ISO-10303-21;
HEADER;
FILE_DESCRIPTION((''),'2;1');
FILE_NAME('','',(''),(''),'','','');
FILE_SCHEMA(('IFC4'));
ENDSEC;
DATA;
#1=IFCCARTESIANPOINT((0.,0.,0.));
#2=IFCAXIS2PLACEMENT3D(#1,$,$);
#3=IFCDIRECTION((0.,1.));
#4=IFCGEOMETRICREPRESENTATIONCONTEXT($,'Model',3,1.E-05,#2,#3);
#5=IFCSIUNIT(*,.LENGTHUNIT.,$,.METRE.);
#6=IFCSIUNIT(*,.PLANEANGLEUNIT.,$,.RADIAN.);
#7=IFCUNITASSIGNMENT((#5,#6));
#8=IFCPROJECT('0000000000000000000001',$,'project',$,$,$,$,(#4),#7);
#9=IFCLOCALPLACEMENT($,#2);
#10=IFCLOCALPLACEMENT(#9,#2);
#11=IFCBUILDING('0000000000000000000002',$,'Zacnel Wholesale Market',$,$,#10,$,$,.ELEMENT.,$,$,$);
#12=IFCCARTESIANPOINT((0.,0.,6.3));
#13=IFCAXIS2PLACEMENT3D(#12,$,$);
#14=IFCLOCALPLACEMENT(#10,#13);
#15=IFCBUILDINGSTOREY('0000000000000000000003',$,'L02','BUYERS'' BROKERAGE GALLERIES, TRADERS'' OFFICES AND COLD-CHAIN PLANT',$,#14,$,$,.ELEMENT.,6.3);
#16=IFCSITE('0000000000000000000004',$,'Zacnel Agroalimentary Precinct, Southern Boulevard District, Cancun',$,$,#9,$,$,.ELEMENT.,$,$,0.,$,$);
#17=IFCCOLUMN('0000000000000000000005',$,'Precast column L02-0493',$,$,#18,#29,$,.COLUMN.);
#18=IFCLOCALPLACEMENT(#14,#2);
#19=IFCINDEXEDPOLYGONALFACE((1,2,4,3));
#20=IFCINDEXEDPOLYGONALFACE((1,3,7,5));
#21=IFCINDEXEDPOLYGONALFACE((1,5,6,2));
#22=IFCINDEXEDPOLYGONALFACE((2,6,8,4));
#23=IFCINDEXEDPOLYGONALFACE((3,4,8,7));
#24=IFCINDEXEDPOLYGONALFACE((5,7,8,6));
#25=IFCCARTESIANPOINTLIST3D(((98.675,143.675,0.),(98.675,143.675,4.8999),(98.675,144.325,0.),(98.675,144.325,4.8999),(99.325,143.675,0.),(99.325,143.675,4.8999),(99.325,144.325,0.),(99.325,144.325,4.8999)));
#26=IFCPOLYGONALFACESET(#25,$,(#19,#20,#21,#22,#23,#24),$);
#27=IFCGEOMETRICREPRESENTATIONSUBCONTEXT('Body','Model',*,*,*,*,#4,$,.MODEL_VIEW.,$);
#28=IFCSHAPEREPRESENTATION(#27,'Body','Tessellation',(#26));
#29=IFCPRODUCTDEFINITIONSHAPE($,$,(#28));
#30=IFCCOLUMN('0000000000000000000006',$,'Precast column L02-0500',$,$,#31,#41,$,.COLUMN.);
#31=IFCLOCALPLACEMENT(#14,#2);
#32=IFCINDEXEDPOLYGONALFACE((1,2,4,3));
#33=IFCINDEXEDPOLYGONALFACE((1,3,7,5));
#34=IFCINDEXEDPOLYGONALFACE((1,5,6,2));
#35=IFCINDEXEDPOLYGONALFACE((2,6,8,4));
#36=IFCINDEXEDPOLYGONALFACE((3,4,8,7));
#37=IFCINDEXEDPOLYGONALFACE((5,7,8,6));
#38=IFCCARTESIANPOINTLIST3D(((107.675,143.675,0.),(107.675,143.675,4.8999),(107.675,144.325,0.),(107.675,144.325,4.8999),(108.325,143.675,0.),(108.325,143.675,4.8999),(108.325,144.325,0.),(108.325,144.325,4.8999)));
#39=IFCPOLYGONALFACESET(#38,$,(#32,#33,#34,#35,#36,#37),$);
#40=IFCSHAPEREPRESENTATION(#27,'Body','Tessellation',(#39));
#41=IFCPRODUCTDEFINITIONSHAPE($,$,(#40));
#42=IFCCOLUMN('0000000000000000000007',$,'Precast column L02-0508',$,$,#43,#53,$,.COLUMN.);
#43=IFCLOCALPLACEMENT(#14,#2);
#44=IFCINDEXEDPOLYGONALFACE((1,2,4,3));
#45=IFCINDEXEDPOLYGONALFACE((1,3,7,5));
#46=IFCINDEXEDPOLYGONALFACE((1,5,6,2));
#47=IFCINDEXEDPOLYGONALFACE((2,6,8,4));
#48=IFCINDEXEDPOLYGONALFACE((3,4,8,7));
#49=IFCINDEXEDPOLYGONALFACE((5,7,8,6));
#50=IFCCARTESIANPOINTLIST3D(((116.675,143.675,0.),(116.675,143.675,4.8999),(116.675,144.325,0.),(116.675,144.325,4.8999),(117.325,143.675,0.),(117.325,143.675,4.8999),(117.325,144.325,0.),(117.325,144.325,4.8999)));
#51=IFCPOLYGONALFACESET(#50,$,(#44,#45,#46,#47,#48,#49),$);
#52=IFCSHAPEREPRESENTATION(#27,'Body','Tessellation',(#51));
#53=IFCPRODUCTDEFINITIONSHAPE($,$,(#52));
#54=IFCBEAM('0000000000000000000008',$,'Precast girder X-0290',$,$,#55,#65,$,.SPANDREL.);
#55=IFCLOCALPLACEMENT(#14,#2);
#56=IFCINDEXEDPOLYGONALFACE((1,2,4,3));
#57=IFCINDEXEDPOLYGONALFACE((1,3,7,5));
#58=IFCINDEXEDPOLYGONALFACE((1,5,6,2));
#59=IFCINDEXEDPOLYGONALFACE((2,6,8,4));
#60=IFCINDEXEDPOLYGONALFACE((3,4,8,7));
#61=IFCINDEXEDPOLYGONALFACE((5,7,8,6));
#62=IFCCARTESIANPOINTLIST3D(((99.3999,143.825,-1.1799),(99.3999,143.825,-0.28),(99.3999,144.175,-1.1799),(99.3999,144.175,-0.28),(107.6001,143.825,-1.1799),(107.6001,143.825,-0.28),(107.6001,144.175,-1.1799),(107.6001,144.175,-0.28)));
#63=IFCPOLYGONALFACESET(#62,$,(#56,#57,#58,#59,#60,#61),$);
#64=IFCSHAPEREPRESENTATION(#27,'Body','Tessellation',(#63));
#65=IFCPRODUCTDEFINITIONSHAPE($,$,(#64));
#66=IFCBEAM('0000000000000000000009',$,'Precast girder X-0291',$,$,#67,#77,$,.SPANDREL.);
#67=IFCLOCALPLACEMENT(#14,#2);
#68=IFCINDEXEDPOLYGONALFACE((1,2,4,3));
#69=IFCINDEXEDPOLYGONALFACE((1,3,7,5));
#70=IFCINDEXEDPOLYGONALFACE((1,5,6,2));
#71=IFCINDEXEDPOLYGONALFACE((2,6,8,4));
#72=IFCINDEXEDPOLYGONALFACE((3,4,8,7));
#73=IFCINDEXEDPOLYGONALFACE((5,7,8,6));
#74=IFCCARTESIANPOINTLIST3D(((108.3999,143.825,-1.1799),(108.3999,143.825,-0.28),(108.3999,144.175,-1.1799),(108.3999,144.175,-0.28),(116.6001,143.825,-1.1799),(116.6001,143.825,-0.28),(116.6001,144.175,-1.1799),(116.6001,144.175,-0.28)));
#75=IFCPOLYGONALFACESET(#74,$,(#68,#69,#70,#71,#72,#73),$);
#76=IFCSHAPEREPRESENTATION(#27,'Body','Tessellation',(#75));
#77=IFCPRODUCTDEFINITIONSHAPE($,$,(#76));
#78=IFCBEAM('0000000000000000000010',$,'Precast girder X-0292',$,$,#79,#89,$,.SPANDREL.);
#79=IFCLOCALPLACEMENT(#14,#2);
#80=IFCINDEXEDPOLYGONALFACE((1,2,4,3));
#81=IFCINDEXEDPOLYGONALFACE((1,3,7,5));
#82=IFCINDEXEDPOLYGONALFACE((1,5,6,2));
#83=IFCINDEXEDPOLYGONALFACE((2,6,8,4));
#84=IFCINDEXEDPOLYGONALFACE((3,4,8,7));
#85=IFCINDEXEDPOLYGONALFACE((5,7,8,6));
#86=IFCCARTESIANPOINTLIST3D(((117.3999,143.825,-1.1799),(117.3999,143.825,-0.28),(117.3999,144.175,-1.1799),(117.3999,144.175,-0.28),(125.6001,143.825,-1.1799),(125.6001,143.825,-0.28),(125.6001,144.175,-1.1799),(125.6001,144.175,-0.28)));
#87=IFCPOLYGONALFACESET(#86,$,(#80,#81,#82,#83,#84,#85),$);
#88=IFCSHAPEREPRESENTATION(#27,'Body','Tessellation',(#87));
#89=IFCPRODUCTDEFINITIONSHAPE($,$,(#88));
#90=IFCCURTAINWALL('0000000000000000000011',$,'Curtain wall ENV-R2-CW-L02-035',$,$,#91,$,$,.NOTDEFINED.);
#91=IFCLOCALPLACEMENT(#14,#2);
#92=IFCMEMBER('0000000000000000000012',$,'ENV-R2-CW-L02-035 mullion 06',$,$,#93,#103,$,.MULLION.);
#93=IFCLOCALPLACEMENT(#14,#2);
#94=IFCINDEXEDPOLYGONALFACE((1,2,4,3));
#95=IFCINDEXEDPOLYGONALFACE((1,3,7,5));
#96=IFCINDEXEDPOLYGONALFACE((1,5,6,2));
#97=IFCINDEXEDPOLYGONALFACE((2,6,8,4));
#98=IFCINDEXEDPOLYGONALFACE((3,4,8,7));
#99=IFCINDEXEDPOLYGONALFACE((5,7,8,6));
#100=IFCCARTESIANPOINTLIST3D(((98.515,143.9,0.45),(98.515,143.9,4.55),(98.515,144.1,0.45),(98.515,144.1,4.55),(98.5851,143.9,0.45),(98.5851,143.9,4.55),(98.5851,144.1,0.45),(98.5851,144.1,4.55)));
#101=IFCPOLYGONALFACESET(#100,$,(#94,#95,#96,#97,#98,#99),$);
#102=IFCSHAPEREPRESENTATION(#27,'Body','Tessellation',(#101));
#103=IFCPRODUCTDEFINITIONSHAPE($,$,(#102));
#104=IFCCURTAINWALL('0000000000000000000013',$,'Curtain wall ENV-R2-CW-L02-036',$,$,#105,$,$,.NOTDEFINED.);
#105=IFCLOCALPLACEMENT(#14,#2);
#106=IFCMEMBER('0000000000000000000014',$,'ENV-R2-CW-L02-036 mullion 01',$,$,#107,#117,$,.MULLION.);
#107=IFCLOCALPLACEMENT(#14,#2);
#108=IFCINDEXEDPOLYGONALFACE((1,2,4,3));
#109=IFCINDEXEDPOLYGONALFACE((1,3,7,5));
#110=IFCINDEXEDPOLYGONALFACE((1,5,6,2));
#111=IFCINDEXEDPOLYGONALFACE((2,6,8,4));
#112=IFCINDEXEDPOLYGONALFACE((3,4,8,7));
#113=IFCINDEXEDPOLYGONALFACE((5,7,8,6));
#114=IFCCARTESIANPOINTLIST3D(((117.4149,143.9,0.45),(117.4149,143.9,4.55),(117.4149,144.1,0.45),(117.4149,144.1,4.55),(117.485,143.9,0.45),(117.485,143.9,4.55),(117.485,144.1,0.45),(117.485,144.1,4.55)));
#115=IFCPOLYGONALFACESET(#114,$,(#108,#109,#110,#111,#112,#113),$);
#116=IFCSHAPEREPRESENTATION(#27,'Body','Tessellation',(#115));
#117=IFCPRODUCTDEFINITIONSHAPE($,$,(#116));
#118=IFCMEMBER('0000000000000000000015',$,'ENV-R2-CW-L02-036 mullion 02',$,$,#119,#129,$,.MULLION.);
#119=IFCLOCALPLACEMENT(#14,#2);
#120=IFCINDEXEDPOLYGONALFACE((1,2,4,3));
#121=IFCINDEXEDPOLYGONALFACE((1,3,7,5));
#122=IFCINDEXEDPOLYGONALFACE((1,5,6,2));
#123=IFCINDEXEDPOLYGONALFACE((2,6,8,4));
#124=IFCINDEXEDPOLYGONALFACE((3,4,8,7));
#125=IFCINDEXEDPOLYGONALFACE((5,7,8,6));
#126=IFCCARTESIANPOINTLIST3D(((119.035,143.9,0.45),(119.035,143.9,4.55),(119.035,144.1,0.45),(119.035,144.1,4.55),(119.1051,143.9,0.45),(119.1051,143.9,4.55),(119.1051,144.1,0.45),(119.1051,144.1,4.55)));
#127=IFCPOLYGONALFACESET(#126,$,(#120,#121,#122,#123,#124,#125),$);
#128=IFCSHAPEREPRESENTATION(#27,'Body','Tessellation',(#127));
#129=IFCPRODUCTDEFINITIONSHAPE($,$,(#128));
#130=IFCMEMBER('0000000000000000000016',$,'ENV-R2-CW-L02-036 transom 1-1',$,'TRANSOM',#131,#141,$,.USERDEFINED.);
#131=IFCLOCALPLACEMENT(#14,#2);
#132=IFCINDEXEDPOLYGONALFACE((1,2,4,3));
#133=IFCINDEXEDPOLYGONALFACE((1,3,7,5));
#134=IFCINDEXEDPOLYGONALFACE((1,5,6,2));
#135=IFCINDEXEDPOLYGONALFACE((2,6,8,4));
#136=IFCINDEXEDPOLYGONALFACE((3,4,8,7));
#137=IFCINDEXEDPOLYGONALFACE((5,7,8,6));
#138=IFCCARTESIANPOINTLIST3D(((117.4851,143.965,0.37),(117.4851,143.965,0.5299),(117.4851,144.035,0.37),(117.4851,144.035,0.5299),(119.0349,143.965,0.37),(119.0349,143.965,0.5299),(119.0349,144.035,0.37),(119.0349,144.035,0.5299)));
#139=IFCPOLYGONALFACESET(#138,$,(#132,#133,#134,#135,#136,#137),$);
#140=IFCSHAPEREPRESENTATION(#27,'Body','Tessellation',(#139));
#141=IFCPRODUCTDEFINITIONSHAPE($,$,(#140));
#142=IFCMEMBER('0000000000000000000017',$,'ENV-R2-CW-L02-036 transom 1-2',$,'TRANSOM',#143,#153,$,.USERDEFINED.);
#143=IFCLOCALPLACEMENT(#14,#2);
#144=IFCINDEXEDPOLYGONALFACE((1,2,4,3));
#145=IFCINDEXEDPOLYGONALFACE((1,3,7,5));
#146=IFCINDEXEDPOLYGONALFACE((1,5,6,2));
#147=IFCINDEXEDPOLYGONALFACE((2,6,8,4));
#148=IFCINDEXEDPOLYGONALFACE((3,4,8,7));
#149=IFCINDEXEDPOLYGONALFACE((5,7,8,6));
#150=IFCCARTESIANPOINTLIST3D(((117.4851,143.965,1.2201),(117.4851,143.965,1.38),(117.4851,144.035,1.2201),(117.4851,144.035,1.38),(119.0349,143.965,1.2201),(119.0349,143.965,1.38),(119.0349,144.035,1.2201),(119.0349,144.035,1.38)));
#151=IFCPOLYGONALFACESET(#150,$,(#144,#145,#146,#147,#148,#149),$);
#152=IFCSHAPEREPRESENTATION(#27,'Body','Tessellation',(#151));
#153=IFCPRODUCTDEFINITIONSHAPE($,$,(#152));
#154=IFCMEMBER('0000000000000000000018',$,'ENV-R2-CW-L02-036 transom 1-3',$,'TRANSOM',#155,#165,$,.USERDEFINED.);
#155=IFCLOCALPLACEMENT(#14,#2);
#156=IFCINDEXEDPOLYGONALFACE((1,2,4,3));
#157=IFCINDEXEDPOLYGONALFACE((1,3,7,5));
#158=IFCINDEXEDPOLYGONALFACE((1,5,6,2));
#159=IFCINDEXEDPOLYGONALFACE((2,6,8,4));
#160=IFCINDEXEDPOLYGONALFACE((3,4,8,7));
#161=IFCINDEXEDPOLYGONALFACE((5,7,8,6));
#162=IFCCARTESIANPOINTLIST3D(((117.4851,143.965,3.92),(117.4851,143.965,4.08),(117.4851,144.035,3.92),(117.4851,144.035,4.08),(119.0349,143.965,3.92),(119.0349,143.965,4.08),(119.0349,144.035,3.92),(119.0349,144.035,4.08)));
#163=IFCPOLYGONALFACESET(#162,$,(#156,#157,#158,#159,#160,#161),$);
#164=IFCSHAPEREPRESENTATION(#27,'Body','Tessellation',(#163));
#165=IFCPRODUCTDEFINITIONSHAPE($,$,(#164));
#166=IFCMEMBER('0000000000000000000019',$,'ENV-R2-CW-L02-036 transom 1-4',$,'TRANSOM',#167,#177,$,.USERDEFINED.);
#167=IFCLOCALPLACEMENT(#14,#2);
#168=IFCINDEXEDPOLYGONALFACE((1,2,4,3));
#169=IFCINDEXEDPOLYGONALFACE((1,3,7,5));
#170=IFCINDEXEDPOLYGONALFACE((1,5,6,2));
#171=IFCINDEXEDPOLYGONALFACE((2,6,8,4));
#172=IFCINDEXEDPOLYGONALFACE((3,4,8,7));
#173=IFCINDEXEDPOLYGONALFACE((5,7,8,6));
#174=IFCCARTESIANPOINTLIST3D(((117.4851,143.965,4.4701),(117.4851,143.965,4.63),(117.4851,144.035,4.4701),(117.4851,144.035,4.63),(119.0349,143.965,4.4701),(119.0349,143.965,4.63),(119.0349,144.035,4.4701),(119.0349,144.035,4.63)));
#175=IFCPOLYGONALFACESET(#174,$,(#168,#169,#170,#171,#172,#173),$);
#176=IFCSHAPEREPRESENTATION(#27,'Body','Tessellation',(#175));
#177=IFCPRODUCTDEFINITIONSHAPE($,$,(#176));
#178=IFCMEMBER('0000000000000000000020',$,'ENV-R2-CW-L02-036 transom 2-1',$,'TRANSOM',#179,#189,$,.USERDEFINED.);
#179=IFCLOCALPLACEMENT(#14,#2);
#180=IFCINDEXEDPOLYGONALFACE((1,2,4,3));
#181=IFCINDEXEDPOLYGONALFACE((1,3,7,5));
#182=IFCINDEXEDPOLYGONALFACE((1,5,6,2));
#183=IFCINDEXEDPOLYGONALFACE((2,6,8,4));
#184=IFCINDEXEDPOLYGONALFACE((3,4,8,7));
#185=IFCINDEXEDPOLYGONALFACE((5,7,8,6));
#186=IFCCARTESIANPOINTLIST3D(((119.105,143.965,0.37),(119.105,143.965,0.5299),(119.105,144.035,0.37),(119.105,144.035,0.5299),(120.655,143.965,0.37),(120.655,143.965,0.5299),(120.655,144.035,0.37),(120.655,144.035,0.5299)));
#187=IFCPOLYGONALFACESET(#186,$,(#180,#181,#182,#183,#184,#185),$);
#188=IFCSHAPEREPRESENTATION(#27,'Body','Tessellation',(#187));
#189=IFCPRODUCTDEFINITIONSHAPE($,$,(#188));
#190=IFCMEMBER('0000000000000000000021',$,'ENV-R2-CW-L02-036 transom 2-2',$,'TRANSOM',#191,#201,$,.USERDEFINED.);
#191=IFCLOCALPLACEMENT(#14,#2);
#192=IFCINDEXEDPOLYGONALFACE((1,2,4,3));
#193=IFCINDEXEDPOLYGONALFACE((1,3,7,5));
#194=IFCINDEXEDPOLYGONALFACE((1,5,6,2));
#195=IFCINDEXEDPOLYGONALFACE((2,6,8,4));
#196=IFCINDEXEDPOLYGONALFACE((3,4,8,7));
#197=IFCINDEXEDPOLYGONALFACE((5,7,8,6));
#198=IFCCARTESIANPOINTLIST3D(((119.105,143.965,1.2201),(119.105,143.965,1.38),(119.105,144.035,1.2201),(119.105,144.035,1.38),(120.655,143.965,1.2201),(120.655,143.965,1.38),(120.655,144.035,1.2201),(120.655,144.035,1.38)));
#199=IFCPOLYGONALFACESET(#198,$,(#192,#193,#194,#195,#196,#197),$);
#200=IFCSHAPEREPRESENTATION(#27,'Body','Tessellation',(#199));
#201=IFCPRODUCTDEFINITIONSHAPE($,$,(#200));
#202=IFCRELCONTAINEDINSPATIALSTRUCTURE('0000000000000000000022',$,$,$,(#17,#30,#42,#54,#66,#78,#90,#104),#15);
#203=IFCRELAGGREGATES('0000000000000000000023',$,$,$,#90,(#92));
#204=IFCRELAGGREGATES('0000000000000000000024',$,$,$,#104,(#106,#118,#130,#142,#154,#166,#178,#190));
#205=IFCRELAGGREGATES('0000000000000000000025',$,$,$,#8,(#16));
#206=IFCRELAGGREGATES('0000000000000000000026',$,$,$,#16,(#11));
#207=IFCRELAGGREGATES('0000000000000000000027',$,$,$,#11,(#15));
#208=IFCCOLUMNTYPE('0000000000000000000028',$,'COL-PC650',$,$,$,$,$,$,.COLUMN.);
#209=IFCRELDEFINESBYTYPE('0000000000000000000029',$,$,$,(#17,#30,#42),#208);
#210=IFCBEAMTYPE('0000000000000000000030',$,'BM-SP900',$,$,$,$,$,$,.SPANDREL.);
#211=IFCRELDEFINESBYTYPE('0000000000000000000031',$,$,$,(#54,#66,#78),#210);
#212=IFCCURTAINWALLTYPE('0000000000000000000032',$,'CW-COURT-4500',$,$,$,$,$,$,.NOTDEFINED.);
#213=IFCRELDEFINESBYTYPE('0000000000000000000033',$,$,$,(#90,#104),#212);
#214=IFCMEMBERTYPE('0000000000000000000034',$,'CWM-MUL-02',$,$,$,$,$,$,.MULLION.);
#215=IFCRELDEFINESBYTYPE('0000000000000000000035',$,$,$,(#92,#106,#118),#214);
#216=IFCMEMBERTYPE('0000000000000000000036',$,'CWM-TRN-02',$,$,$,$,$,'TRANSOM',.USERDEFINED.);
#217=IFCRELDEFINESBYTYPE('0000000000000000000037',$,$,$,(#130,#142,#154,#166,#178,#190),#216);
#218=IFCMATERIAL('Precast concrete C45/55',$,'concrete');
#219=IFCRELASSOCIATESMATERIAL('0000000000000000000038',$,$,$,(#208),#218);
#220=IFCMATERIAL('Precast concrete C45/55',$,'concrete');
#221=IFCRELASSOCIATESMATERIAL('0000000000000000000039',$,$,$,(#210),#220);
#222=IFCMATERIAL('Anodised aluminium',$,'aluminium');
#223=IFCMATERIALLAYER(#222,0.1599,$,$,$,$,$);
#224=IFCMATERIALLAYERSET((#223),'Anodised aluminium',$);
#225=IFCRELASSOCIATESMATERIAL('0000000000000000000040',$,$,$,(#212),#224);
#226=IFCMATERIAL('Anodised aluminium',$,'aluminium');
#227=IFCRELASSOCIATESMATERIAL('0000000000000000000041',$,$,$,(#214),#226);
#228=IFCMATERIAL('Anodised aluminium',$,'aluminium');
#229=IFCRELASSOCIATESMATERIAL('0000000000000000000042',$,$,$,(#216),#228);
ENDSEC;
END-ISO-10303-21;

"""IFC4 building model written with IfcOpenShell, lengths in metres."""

from ifc_helpers import new_model, si_unit, direction, frame, origin, origin_2d, place, context, subcontext, project, spatial, rectangle, extrude, material, layer, layer_set, material_profile, profile_set, type_object, element, aggregate, save


model = new_model("IFC4")

# Units and contexts
model_context = context("Model", 3, precision=1e-05, world=origin(), true_north=direction((0.0, 1.0)))
body_context = subcontext(model_context, "Body", "Model", "MODEL_VIEW")
ifc_project = project(units=[si_unit("LENGTHUNIT", "METRE"), si_unit("PLANEANGLEUNIT", "RADIAN")], contexts=[model_context])

# Site, building, storey
site_placement = place(None, origin())
site = spatial("IfcSite", under=ifc_project, at=site_placement, Name="Zacnel Agroalimentary Precinct, Southern Boulevard District, Cancun", CompositionType="ELEMENT", RefElevation=0.0)
building_placement = place(site_placement, origin())
building = spatial("IfcBuilding", under=site, at=building_placement, Name="Zacnel Wholesale Market", CompositionType="ELEMENT")
storey_placement = place(building_placement, frame((0.0, 0.0, 6.3)))
storey = spatial("IfcBuildingStorey", under=building, at=storey_placement, Name="L02", Description="BUYERS' BROKERAGE GALLERIES, TRADERS' OFFICES AND COLD-CHAIN PLANT", CompositionType="ELEMENT", Elevation=6.3)

# Columns
ifc_material_1 = material(Name="Precast concrete C45/55", Category="concrete")
ifc_material_profile_1 = material_profile(ifc_material_1, rectangle(XDim=0.6499, YDim=0.6499, at=origin_2d()), Name="PC 650x650")
ifc_profile_set_1 = profile_set([ifc_material_profile_1], Name="Precast concrete C45/55")
column_type = type_object("IfcColumnType", Name="COL-PC650", PredefinedType="COLUMN", material=ifc_profile_set_1)
for number, where, z_axis, x_axis, name in (
    (1, (99.0, 144.0, 0.0), (0.0, 0.0, 1.0), (1.0, 0.0, 0.0), "Precast column L02-0493"),
    (2, (108.0, 144.0, 0.0), (0.0, 0.0, 1.0), (1.0, 0.0, 0.0), "Precast column L02-0500"),
    (3, (117.0, 144.0, 0.0), (0.0, 0.0, 1.0), (1.0, 0.0, 0.0), "Precast column L02-0508"),
):
    element("IfcColumn", number, at=place(storey_placement, frame(where, z_axis=z_axis, x_axis=x_axis)), inside=storey, type_object=column_type, Name=name, PredefinedType="COLUMN", context=body_context, shape_type="SweptSolid", body=[
        extrude(rectangle(XDim=0.6499, YDim=0.6499, at=origin_2d()), origin(), (0.0, 0.0, 1.0), 4.8999),
    ])

# Beams
ifc_material_2 = material(Name="Precast concrete C45/55", Category="concrete")
ifc_material_profile_2 = material_profile(ifc_material_2, rectangle(XDim=0.3501, YDim=0.8999, at=origin_2d()), Name="SP 350x900")
ifc_profile_set_2 = profile_set([ifc_material_profile_2], Name="Precast concrete C45/55")
beam_type = type_object("IfcBeamType", Name="BM-SP900", PredefinedType="SPANDREL", material=ifc_profile_set_2)
for number, where, z_axis, x_axis, name in (
    (4, (99.3999, 144.0, -0.73), (1.0, 0.0, 0.0), (0.0, 1.0, 0.0), "Precast girder X-0290"),
    (5, (108.3999, 144.0, -0.73), (1.0, 0.0, 0.0), (0.0, 1.0, 0.0), "Precast girder X-0291"),
    (6, (117.3999, 144.0, -0.73), (1.0, 0.0, 0.0), (0.0, 1.0, 0.0), "Precast girder X-0292"),
):
    element("IfcBeam", number, at=place(storey_placement, frame(where, z_axis=z_axis, x_axis=x_axis)), inside=storey, type_object=beam_type, Name=name, PredefinedType="SPANDREL", context=body_context, shape_type="SweptSolid", body=[
        extrude(rectangle(XDim=0.3501, YDim=0.8999, at=origin_2d()), origin(), (0.0, 0.0, 1.0), 8.2002),
    ])

# Curtain wall, member
ifc_material_3 = material(Name="Anodised aluminium", Category="aluminium")
ifc_layer_1 = layer(ifc_material_3, 0.1599)
ifc_layer_set_1 = layer_set([ifc_layer_1], Name="Anodised aluminium")
curtain_wall_type = type_object("IfcCurtainWallType", Name="CW-COURT-4500", PredefinedType="NOTDEFINED", material=ifc_layer_set_1)
curtain_wall_1_placement = place(storey_placement, origin())
curtain_wall_1 = element("IfcCurtainWall", 7, at=curtain_wall_1_placement, inside=storey, type_object=curtain_wall_type, Name="Curtain wall ENV-R2-CW-L02-035", PredefinedType="NOTDEFINED")
ifc_material_4 = material(Name="Anodised aluminium", Category="aluminium")
ifc_material_profile_3 = material_profile(ifc_material_4, rectangle(XDim=0.0701, YDim=0.2, at=origin_2d()), Name="AW-MULLION 70x200")
ifc_profile_set_3 = profile_set([ifc_material_profile_3], Name="Anodised aluminium")
member_type_1 = type_object("IfcMemberType", Name="CWM-MUL-02", PredefinedType="MULLION", material=ifc_profile_set_3)
member_1_placement = place(storey_placement, frame((98.55, 144.0, 0.45), z_axis=(0.0, 0.0, 1.0), x_axis=(1.0, 0.0, 0.0)))
member_1 = element("IfcMember", 8, at=member_1_placement, type_object=member_type_1, Name="ENV-R2-CW-L02-035 mullion 06", PredefinedType="MULLION", context=body_context, shape_type="SweptSolid", body=[
    extrude(rectangle(XDim=0.0701, YDim=0.2, at=origin_2d()), origin(), (0.0, 0.0, 1.0), 4.1001),
])
aggregate(curtain_wall_1, [member_1])

# Curtain wall, members
curtain_wall_2_placement = place(storey_placement, origin())
curtain_wall_2 = element("IfcCurtainWall", 9, at=curtain_wall_2_placement, inside=storey, type_object=curtain_wall_type, Name="Curtain wall ENV-R2-CW-L02-036", PredefinedType="NOTDEFINED")
member_2_placement = place(storey_placement, frame((117.45, 144.0, 0.45), z_axis=(0.0, 0.0, 1.0), x_axis=(1.0, 0.0, 0.0)))
member_2 = element("IfcMember", 10, at=member_2_placement, type_object=member_type_1, Name="ENV-R2-CW-L02-036 mullion 01", PredefinedType="MULLION", context=body_context, shape_type="SweptSolid", body=[
    extrude(rectangle(XDim=0.0701, YDim=0.2, at=origin_2d()), origin(), (0.0, 0.0, 1.0), 4.1001),
])
member_3_placement = place(storey_placement, frame((119.0701, 144.0, 0.45), z_axis=(0.0, 0.0, 1.0), x_axis=(1.0, 0.0, 0.0)))
member_3 = element("IfcMember", 11, at=member_3_placement, type_object=member_type_1, Name="ENV-R2-CW-L02-036 mullion 02", PredefinedType="MULLION", context=body_context, shape_type="SweptSolid", body=[
    extrude(rectangle(XDim=0.0701, YDim=0.2, at=origin_2d()), origin(), (0.0, 0.0, 1.0), 4.1001),
])
ifc_material_5 = material(Name="Anodised aluminium", Category="aluminium")
ifc_material_profile_4 = material_profile(ifc_material_5, rectangle(XDim=0.0701, YDim=0.1599, at=origin_2d()), Name="AW-TRANSOM 70x160")
ifc_profile_set_4 = profile_set([ifc_material_profile_4], Name="Anodised aluminium")
member_type_2 = type_object("IfcMemberType", Name="CWM-TRN-02", ElementType="TRANSOM", PredefinedType="USERDEFINED", material=ifc_profile_set_4)
member_4_placement = place(storey_placement, frame((117.4851, 144.0, 0.45), z_axis=(1.0, 0.0, 0.0), x_axis=(0.0, 1.0, 0.0)))
member_4 = element("IfcMember", 12, at=member_4_placement, type_object=member_type_2, Name="ENV-R2-CW-L02-036 transom 1-1", ObjectType="TRANSOM", PredefinedType="USERDEFINED", context=body_context, shape_type="SweptSolid", body=[
    extrude(rectangle(XDim=0.0701, YDim=0.1599, at=origin_2d()), origin(), (0.0, 0.0, 1.0), 1.5498),
])
member_5_placement = place(storey_placement, frame((117.4851, 144.0, 1.3), z_axis=(1.0, 0.0, 0.0), x_axis=(0.0, 1.0, 0.0)))
member_5 = element("IfcMember", 13, at=member_5_placement, type_object=member_type_2, Name="ENV-R2-CW-L02-036 transom 1-2", ObjectType="TRANSOM", PredefinedType="USERDEFINED", context=body_context, shape_type="SweptSolid", body=[
    extrude(rectangle(XDim=0.0701, YDim=0.1599, at=origin_2d()), origin(), (0.0, 0.0, 1.0), 1.5498),
])
member_6_placement = place(storey_placement, frame((117.4851, 144.0, 4.0), z_axis=(1.0, 0.0, 0.0), x_axis=(0.0, 1.0, 0.0)))
member_6 = element("IfcMember", 14, at=member_6_placement, type_object=member_type_2, Name="ENV-R2-CW-L02-036 transom 1-3", ObjectType="TRANSOM", PredefinedType="USERDEFINED", context=body_context, shape_type="SweptSolid", body=[
    extrude(rectangle(XDim=0.0701, YDim=0.1599, at=origin_2d()), origin(), (0.0, 0.0, 1.0), 1.5498),
])
member_7_placement = place(storey_placement, frame((117.4851, 144.0, 4.55), z_axis=(1.0, 0.0, 0.0), x_axis=(0.0, 1.0, 0.0)))
member_7 = element("IfcMember", 15, at=member_7_placement, type_object=member_type_2, Name="ENV-R2-CW-L02-036 transom 1-4", ObjectType="TRANSOM", PredefinedType="USERDEFINED", context=body_context, shape_type="SweptSolid", body=[
    extrude(rectangle(XDim=0.0701, YDim=0.1599, at=origin_2d()), origin(), (0.0, 0.0, 1.0), 1.5498),
])
member_8_placement = place(storey_placement, frame((119.105, 144.0, 0.45), z_axis=(1.0, 0.0, 0.0), x_axis=(0.0, 1.0, 0.0)))
member_8 = element("IfcMember", 16, at=member_8_placement, type_object=member_type_2, Name="ENV-R2-CW-L02-036 transom 2-1", ObjectType="TRANSOM", PredefinedType="USERDEFINED", context=body_context, shape_type="SweptSolid", body=[
    extrude(rectangle(XDim=0.0701, YDim=0.1599, at=origin_2d()), origin(), (0.0, 0.0, 1.0), 1.55),
])
member_9_placement = place(storey_placement, frame((119.105, 144.0, 1.3), z_axis=(1.0, 0.0, 0.0), x_axis=(0.0, 1.0, 0.0)))
member_9 = element("IfcMember", 17, at=member_9_placement, type_object=member_type_2, Name="ENV-R2-CW-L02-036 transom 2-2", ObjectType="TRANSOM", PredefinedType="USERDEFINED", context=body_context, shape_type="SweptSolid", body=[
    extrude(rectangle(XDim=0.0701, YDim=0.1599, at=origin_2d()), origin(), (0.0, 0.0, 1.0), 1.55),
])
aggregate(curtain_wall_2, [member_2, member_3, member_4, member_5, member_6, member_7, member_8, member_9])

save(model, "model.ifc")
